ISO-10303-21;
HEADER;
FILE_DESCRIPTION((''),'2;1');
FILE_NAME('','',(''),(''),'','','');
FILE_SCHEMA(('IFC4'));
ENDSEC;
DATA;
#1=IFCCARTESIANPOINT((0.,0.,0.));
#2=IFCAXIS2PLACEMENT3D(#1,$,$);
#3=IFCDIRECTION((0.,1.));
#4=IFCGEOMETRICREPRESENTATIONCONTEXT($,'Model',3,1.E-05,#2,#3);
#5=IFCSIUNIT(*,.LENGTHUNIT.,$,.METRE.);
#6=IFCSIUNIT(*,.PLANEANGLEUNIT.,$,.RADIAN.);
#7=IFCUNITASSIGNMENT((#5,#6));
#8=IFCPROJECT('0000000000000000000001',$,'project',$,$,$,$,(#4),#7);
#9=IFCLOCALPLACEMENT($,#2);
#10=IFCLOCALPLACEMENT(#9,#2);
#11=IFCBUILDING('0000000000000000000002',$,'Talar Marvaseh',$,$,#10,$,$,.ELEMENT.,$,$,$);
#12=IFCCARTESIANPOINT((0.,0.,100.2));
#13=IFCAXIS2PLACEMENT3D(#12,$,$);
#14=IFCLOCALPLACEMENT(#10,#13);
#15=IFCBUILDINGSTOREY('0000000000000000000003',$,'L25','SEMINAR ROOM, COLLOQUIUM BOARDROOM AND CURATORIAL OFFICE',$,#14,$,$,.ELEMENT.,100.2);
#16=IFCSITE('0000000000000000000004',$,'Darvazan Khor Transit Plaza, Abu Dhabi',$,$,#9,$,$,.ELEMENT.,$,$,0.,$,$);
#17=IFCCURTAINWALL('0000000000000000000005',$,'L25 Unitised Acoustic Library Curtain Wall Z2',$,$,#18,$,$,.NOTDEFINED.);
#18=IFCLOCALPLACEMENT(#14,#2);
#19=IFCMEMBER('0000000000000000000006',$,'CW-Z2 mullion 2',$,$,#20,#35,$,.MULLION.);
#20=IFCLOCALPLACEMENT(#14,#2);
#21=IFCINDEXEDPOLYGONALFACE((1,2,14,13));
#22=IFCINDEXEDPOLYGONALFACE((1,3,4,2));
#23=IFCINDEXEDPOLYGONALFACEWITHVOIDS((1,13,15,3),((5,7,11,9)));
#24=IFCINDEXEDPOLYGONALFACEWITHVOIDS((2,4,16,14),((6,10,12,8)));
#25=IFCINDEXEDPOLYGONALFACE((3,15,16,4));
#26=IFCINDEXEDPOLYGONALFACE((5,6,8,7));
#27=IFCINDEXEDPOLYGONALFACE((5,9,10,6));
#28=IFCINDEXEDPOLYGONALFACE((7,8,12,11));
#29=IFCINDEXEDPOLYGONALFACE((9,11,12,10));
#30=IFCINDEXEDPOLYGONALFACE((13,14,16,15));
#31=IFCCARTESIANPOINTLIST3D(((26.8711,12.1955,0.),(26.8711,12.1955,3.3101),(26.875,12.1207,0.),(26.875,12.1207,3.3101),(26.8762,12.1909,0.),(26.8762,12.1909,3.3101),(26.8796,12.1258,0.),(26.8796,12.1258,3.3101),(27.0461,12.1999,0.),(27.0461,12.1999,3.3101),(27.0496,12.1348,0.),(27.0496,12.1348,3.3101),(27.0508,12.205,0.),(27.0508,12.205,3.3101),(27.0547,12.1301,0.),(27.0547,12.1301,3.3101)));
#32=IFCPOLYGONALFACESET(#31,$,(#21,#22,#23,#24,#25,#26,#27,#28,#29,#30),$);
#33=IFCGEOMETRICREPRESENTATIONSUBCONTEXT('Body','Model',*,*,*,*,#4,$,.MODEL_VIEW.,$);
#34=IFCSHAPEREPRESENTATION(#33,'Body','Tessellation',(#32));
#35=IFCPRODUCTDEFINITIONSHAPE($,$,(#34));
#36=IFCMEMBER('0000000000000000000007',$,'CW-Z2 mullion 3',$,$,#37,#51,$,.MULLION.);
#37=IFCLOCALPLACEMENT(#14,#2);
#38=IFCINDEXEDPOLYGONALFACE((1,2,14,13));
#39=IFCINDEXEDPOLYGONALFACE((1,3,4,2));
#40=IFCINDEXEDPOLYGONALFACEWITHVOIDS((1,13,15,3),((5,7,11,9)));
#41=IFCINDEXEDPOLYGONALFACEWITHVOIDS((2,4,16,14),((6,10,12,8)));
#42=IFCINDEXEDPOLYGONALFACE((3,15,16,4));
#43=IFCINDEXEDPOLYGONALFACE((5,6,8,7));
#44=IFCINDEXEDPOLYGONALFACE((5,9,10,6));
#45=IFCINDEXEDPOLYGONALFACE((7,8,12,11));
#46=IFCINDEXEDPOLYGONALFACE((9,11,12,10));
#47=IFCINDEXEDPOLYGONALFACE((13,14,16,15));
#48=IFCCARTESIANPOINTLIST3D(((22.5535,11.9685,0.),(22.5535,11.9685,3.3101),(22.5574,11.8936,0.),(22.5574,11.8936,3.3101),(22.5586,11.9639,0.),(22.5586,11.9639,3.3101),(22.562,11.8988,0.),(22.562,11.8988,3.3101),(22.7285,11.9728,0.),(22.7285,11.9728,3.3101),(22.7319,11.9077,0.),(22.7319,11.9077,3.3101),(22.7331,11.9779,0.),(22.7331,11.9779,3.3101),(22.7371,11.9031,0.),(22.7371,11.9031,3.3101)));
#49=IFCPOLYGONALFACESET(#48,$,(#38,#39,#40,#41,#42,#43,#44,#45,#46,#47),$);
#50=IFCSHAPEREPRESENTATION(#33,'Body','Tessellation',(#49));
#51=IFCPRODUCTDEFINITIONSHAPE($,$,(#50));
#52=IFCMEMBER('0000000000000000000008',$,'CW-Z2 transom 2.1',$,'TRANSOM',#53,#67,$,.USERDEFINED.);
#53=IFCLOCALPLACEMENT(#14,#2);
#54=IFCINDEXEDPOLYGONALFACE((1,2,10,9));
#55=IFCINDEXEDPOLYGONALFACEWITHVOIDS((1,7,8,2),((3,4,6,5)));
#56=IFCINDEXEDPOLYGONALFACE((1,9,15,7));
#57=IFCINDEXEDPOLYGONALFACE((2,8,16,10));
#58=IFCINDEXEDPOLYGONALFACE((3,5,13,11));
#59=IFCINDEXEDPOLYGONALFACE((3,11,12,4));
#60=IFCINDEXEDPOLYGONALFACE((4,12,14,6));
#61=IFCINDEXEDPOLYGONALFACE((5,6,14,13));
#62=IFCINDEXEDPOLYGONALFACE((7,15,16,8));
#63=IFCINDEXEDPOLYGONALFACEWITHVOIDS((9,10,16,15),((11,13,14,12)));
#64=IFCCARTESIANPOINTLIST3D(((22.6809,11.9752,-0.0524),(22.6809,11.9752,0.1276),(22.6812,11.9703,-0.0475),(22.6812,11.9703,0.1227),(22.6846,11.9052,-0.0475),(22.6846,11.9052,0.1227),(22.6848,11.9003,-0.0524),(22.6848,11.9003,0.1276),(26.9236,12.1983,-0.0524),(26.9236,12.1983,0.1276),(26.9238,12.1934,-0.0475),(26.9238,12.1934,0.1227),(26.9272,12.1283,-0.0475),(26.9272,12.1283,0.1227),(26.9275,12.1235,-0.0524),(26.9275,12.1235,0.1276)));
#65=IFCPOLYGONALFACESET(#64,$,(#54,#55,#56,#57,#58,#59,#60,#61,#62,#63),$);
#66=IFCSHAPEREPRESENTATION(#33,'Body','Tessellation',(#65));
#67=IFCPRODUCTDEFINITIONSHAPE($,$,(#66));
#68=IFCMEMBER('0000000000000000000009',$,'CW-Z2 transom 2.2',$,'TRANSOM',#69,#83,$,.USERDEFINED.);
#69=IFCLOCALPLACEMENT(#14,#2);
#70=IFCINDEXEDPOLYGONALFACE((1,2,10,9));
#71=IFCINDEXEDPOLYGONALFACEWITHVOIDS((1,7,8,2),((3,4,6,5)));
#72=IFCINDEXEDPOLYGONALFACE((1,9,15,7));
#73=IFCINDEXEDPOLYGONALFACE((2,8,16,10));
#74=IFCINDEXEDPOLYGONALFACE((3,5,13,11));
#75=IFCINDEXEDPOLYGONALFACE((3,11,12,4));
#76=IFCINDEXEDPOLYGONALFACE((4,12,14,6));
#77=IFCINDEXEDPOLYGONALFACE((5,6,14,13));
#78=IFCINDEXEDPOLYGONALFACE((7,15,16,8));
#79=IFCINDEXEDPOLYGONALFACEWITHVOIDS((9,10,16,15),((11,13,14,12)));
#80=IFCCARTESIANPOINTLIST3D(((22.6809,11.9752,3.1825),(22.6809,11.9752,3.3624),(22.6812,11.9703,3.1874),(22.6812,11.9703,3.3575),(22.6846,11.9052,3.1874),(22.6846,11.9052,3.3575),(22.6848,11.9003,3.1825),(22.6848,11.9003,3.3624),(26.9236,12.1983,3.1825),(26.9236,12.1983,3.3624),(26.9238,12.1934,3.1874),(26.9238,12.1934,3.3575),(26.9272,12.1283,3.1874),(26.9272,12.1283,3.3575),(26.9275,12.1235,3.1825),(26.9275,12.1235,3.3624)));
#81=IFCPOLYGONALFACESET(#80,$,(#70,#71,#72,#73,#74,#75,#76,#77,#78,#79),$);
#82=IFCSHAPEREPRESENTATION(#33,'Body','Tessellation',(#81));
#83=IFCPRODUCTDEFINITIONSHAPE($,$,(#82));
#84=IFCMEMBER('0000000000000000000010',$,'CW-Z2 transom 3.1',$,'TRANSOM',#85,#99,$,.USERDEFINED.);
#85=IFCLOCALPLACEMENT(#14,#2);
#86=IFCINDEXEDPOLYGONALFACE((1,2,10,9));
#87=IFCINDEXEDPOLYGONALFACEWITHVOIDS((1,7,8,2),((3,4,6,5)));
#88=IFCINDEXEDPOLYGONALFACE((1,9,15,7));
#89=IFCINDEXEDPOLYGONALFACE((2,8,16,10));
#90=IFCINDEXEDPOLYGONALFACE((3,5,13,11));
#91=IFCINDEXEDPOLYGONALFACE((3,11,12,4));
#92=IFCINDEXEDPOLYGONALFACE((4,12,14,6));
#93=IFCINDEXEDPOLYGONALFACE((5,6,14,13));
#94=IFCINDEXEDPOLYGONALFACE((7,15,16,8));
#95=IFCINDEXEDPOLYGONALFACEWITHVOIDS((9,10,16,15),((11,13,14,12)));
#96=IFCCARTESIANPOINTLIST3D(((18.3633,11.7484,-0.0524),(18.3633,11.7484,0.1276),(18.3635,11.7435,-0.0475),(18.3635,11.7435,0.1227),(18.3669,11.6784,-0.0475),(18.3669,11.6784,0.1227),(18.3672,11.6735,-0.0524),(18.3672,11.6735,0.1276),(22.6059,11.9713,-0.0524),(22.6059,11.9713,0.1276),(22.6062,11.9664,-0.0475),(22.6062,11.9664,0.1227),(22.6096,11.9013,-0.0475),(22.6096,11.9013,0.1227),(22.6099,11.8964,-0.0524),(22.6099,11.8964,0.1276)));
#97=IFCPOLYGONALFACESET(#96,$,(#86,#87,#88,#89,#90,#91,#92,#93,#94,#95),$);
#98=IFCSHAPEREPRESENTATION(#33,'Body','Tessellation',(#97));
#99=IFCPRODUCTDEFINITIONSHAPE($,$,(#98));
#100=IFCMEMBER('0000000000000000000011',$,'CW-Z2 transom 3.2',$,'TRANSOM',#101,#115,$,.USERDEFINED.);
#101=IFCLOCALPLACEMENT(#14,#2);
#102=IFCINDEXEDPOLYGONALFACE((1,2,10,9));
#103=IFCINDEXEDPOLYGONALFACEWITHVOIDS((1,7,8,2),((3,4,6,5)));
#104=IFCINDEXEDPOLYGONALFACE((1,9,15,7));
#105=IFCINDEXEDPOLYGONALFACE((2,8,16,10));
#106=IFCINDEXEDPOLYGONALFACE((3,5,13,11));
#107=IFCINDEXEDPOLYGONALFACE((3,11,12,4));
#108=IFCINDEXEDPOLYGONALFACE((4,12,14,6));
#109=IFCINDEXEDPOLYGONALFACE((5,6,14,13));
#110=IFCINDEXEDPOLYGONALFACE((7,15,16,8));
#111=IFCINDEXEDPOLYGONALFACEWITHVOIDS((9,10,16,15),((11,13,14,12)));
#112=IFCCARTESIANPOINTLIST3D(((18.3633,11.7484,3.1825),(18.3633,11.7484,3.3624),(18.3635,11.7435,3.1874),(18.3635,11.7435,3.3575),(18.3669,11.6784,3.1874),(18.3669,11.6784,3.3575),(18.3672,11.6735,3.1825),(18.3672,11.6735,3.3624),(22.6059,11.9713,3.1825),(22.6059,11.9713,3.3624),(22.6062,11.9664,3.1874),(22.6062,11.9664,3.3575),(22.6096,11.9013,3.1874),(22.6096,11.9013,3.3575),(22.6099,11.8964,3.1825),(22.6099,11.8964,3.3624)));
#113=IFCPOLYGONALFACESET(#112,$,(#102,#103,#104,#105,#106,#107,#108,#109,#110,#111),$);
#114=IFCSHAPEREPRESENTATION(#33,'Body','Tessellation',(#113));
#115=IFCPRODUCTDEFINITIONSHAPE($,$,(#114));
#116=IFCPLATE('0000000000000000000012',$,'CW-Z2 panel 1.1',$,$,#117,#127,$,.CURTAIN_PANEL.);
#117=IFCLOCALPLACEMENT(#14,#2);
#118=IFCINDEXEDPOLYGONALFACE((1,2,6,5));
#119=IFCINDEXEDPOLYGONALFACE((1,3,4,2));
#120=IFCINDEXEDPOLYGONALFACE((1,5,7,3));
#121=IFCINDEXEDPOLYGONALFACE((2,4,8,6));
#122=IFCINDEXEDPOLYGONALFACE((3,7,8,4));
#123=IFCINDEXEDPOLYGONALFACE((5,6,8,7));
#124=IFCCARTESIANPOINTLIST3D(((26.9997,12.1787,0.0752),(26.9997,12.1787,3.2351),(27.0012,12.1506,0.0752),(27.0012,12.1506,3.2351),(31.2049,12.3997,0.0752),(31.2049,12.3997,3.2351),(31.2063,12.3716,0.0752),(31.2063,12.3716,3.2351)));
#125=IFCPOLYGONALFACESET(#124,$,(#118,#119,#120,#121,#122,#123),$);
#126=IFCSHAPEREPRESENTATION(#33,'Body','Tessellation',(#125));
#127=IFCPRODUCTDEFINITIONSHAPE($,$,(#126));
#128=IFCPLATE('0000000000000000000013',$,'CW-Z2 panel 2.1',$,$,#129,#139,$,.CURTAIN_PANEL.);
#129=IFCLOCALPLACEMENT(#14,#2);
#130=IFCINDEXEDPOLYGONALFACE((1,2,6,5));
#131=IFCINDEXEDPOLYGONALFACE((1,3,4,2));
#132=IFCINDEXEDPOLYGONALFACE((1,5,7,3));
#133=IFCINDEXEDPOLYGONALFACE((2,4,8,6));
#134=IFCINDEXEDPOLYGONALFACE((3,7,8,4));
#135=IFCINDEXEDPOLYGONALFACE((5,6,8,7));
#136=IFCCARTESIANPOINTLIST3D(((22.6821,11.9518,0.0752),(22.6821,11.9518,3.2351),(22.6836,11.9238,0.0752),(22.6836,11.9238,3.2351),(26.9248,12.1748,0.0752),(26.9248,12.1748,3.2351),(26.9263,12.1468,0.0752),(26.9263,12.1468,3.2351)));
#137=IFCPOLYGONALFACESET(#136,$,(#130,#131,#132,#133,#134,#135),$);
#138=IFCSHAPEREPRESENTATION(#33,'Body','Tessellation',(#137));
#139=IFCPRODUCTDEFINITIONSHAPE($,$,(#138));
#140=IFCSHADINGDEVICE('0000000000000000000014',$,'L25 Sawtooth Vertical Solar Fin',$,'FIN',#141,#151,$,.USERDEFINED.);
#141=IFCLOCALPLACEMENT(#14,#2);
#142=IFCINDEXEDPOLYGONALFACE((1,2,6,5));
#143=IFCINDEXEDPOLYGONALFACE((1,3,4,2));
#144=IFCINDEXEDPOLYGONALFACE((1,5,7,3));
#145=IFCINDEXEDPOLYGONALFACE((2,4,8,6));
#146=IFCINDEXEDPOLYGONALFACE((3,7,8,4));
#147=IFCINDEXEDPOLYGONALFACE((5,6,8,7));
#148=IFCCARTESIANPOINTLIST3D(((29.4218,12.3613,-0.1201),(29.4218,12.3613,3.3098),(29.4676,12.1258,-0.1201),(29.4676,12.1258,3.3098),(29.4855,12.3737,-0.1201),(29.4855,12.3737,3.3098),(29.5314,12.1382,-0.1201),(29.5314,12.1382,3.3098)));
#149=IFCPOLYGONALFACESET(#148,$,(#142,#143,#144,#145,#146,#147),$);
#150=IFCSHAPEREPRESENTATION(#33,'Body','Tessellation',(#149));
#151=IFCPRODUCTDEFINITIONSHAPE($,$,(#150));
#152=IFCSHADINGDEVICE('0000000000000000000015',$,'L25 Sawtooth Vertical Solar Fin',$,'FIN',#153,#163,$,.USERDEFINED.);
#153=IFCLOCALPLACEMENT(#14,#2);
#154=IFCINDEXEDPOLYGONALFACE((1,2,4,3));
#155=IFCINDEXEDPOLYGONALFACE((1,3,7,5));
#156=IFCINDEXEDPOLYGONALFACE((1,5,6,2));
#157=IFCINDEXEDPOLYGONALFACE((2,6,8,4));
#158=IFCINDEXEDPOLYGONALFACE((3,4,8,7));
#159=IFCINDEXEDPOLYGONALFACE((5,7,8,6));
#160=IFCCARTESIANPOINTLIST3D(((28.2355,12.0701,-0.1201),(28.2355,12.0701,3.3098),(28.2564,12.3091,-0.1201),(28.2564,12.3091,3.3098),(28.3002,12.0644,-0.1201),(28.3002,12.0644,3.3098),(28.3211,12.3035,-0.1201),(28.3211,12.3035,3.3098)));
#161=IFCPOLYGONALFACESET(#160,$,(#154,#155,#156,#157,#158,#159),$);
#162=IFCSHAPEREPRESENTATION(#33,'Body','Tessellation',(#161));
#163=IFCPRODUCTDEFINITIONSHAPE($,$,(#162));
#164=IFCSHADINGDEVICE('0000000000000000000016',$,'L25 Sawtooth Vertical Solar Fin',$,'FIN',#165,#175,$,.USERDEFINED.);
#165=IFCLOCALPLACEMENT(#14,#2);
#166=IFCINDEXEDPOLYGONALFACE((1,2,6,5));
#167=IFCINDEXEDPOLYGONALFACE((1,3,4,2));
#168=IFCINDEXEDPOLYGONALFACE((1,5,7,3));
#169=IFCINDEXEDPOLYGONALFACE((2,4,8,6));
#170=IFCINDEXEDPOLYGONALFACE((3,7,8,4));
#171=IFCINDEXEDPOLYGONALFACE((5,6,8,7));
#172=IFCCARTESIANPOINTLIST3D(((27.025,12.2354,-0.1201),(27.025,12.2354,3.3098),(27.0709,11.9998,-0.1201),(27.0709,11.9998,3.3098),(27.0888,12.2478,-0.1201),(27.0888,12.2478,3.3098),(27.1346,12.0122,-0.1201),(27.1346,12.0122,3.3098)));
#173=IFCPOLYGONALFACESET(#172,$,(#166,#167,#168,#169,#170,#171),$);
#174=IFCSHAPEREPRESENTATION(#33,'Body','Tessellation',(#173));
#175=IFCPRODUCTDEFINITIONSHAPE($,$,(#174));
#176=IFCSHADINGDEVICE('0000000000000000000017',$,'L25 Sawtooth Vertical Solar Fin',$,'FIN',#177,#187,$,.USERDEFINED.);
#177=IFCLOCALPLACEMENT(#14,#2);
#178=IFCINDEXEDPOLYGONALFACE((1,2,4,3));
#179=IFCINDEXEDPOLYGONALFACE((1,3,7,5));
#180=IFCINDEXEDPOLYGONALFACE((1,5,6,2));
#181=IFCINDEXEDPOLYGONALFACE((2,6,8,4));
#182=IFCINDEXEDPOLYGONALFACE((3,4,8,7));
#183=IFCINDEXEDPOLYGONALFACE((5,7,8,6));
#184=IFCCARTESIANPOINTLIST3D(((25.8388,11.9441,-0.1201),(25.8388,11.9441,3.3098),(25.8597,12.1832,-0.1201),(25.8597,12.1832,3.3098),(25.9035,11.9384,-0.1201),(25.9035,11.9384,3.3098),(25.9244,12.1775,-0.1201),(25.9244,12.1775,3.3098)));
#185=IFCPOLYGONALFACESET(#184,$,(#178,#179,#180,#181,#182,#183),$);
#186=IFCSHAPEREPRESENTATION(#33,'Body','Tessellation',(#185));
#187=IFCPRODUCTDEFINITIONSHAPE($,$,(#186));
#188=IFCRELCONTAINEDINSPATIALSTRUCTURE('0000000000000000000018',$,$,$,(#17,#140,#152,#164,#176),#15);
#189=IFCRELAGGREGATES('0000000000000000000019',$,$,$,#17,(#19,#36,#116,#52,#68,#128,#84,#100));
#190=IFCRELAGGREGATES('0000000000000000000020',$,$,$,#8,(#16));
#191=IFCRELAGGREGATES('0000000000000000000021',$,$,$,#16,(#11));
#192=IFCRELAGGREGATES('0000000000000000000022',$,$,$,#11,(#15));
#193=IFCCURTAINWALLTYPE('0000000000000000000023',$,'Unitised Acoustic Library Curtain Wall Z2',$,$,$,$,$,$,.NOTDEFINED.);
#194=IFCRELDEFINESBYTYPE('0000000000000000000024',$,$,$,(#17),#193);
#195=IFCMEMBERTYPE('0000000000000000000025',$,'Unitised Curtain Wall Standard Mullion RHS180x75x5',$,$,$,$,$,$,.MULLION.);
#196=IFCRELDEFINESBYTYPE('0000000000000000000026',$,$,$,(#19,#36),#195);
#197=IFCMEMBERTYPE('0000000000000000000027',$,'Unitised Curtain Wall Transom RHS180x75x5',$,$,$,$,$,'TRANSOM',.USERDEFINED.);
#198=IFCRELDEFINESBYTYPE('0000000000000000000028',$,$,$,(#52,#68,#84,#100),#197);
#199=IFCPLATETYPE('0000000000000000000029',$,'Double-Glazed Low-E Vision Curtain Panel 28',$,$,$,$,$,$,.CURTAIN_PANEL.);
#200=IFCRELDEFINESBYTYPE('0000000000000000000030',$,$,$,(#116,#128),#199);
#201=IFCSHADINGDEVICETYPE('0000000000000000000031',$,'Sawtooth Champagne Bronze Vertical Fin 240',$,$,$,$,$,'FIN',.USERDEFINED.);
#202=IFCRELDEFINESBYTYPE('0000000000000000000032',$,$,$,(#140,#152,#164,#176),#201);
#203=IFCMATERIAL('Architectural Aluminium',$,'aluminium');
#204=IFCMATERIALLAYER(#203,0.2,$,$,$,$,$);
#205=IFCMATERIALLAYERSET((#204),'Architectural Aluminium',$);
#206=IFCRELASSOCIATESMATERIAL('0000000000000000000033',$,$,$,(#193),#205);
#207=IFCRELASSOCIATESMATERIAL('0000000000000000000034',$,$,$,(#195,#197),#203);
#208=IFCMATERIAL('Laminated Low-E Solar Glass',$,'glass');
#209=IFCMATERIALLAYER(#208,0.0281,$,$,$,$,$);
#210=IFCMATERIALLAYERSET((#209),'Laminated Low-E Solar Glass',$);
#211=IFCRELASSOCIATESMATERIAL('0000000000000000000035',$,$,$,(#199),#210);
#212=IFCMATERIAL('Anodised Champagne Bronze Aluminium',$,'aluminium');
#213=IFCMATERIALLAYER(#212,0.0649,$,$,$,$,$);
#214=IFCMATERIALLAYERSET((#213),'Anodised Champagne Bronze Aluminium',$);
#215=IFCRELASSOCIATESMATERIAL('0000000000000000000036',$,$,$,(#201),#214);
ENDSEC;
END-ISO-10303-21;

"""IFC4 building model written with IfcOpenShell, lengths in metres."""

from ifc_helpers import new_model, si_unit, direction, frame, origin, origin_2d, place, context, subcontext, project, spatial, rectangle, hollow_rectangle, extrude, source, transform, mapped, material, layer, layer_set, material_profile, profile_set, type_object, type_shapes, element, aggregate, save


model = new_model("IFC4")

# Units and contexts
model_context = context("Model", 3, precision=1e-05, world=origin(), true_north=direction((0.0, 1.0)))
body_context = subcontext(model_context, "Body", "Model", "MODEL_VIEW")
ifc_project = project(units=[si_unit("LENGTHUNIT", "METRE"), si_unit("PLANEANGLEUNIT", "RADIAN")], contexts=[model_context])

# Site, building, storey
site_placement = place(None, origin())
site = spatial("IfcSite", under=ifc_project, at=site_placement, Name="Darvazan Khor Transit Plaza, Abu Dhabi", CompositionType="ELEMENT", RefElevation=0.0)
building_placement = place(site_placement, origin())
building = spatial("IfcBuilding", under=site, at=building_placement, Name="Talar Marvaseh", CompositionType="ELEMENT")
storey_placement = place(building_placement, frame((0.0, 0.0, 100.2)))
storey = spatial("IfcBuildingStorey", under=building, at=storey_placement, Name="L25", Description="SEMINAR ROOM, COLLOQUIUM BOARDROOM AND CURATORIAL OFFICE", CompositionType="ELEMENT", Elevation=100.2)

# Curtain wall, members, plates
ifc_material_1 = material(Name="Architectural Aluminium", Category="aluminium")
ifc_layer_1 = layer(ifc_material_1, 0.2)
ifc_layer_set_1 = layer_set([ifc_layer_1], Name="Architectural Aluminium")
curtain_wall_type = type_object("IfcCurtainWallType", Name="Unitised Acoustic Library Curtain Wall Z2", PredefinedType="NOTDEFINED", material=ifc_layer_set_1)
curtain_wall_placement = place(storey_placement, origin())
curtain_wall = element("IfcCurtainWall", 1, at=curtain_wall_placement, inside=storey, type_object=curtain_wall_type, Name="L25 Unitised Acoustic Library Curtain Wall Z2", PredefinedType="NOTDEFINED")
ifc_material_profile_1 = material_profile(ifc_material_1, hollow_rectangle(XDim=0.075, YDim=0.1799, WallThickness=0.0049, at=origin_2d()), Name="RHS180x75x5")
ifc_profile_set_1 = profile_set([ifc_material_profile_1], Name="Architectural Aluminium")
member_type_1 = type_object("IfcMemberType", Name="Unitised Curtain Wall Standard Mullion RHS180x75x5", PredefinedType="MULLION", material=ifc_profile_set_1)
shared_shape_1 = source(origin(), body_context, "Body", "SweptSolid", [
    extrude(hollow_rectangle(XDim=0.075, YDim=0.1799, WallThickness=0.0049, at=origin_2d()), origin(), (0.0, 0.0, 1.0), 3.3101),
])
type_shapes(member_type_1, [shared_shape_1])
member_1_placement = place(storey_placement, frame((26.9629, 12.1628, 0.0), z_axis=(0.0, 0.0, 1.0), x_axis=(0.052489, -0.998621, 0.0)))
member_1 = element("IfcMember", 2, at=member_1_placement, type_object=member_type_1, Name="CW-Z2 mullion 2", PredefinedType="MULLION", context=body_context, shape_type="MappedRepresentation", body=[
    mapped(shared_shape_1, transform((0.0, 0.0, 0.0), x_axis=(1.0, 0.0, 0.0), y_axis=(0.0, 1.0, 0.0), z_axis=(0.0, 0.0, 1.0), scale=1.0)),
])
member_2_placement = place(storey_placement, frame((22.6453, 11.9358, 0.0), z_axis=(0.0, 0.0, 1.0), x_axis=(0.052489, -0.998621, 0.0)))
member_2 = element("IfcMember", 3, at=member_2_placement, type_object=member_type_1, Name="CW-Z2 mullion 3", PredefinedType="MULLION", context=body_context, shape_type="MappedRepresentation", body=[
    mapped(shared_shape_1, transform((0.0, 0.0, 0.0), x_axis=(1.0, 0.0, 0.0), y_axis=(0.0, 1.0, 0.0), z_axis=(0.0, 0.0, 1.0), scale=1.0)),
])
ifc_material_profile_2 = material_profile(ifc_material_1, hollow_rectangle(XDim=0.075, YDim=0.1799, WallThickness=0.0049, at=origin_2d()), Name="RHS180x75x5")
ifc_profile_set_2 = profile_set([ifc_material_profile_2], Name="Architectural Aluminium")
member_type_2 = type_object("IfcMemberType", Name="Unitised Curtain Wall Transom RHS180x75x5", ElementType="TRANSOM", PredefinedType="USERDEFINED", material=ifc_profile_set_2)
shared_shape_2 = source(origin(), body_context, "Body", "SweptSolid", [
    extrude(hollow_rectangle(XDim=0.075, YDim=0.1799, WallThickness=0.0049, at=origin_2d()), origin(), (0.0, 0.0, 1.0), 4.2485),
])
type_shapes(member_type_2, [shared_shape_2])
member_3_placement = place(storey_placement, frame((26.9255, 12.1609, 0.0376), z_axis=(-0.99862, -0.052523, 0.0), x_axis=(0.052523, -0.99862, 0.0)))
member_3 = element("IfcMember", 4, at=member_3_placement, type_object=member_type_2, Name="CW-Z2 transom 2.1", ObjectType="TRANSOM", PredefinedType="USERDEFINED", context=body_context, shape_type="MappedRepresentation", body=[
    mapped(shared_shape_2, transform((0.0, 0.0, 0.0), x_axis=(1.0, 0.0, 0.0), y_axis=(0.0, 1.0, 0.0), z_axis=(0.0, 0.0, 1.0), scale=1.0)),
])
member_4_placement = place(storey_placement, frame((26.9255, 12.1609, 3.2725), z_axis=(-0.99862, -0.052523, 0.0), x_axis=(0.052523, -0.99862, 0.0)))
member_4 = element("IfcMember", 5, at=member_4_placement, type_object=member_type_2, Name="CW-Z2 transom 2.2", ObjectType="TRANSOM", PredefinedType="USERDEFINED", context=body_context, shape_type="MappedRepresentation", body=[
    mapped(shared_shape_2, transform((0.0, 0.0, 0.0), x_axis=(1.0, 0.0, 0.0), y_axis=(0.0, 1.0, 0.0), z_axis=(0.0, 0.0, 1.0), scale=1.0)),
])
member_5_placement = place(storey_placement, frame((22.6079, 11.9338, 0.0376), z_axis=(-0.998623, -0.052465, 0.0), x_axis=(0.052465, -0.998623, 0.0)))
member_5 = element("IfcMember", 6, at=member_5_placement, type_object=member_type_2, Name="CW-Z2 transom 3.1", ObjectType="TRANSOM", PredefinedType="USERDEFINED", context=body_context, shape_type="MappedRepresentation", body=[
    mapped(shared_shape_2, transform((0.0, 0.0, 0.0), x_axis=(1.0, 0.0, 0.0), y_axis=(0.0, 1.0, 0.0), z_axis=(0.0, 0.0, 1.0), scale=1.0)),
])
member_6_placement = place(storey_placement, frame((22.6079, 11.9338, 3.2725), z_axis=(-0.998623, -0.052465, 0.0), x_axis=(0.052465, -0.998623, 0.0)))
member_6 = element("IfcMember", 7, at=member_6_placement, type_object=member_type_2, Name="CW-Z2 transom 3.2", ObjectType="TRANSOM", PredefinedType="USERDEFINED", context=body_context, shape_type="MappedRepresentation", body=[
    mapped(shared_shape_2, transform((0.0, 0.0, 0.0), x_axis=(1.0, 0.0, 0.0), y_axis=(0.0, 1.0, 0.0), z_axis=(0.0, 0.0, 1.0), scale=1.0)),
])
ifc_material_2 = material(Name="Laminated Low-E Solar Glass", Category="glass")
ifc_layer_2 = layer(ifc_material_2, 0.0281)
ifc_layer_set_2 = layer_set([ifc_layer_2], Name="Laminated Low-E Solar Glass")
plate_type = type_object("IfcPlateType", Name="Double-Glazed Low-E Vision Curtain Panel 28", PredefinedType="CURTAIN_PANEL", material=ifc_layer_set_2)
shared_shape_3 = source(origin(), body_context, "Body", "SweptSolid", [
    extrude(rectangle(XDim=4.2109, YDim=0.0281, at=origin_2d()), origin(), (0.0, 0.0, 1.0), 3.1599),
])
plate_1_placement = place(storey_placement, frame((29.103, 12.2751, 0.0752), z_axis=(0.0, 0.0, 1.0), x_axis=(-0.998621, -0.052489, 0.0)))
plate_1 = element("IfcPlate", 8, at=plate_1_placement, type_object=plate_type, Name="CW-Z2 panel 1.1", PredefinedType="CURTAIN_PANEL", context=body_context, shape_type="MappedRepresentation", body=[
    mapped(shared_shape_3, transform((0.0, 0.0, 0.0), x_axis=(1.0, 0.0, 0.0), y_axis=(0.0, 1.0, 0.0), z_axis=(0.0, 0.0, 1.0), scale=1.0)),
])
shared_shape_4 = source(origin(), body_context, "Body", "SweptSolid", [
    extrude(rectangle(XDim=4.2485, YDim=0.0281, at=origin_2d()), origin(), (0.0, 0.0, 1.0), 3.1599),
])
type_shapes(plate_type, [shared_shape_3, shared_shape_4])
plate_2_placement = place(storey_placement, frame((24.8042, 12.0493, 0.0752), z_axis=(0.0, 0.0, 1.0), x_axis=(-0.998621, -0.052489, 0.0)))
plate_2 = element("IfcPlate", 9, at=plate_2_placement, type_object=plate_type, Name="CW-Z2 panel 2.1", PredefinedType="CURTAIN_PANEL", context=body_context, shape_type="MappedRepresentation", body=[
    mapped(shared_shape_4, transform((0.0, 0.0, 0.0), x_axis=(1.0, 0.0, 0.0), y_axis=(0.0, 1.0, 0.0), z_axis=(0.0, 0.0, 1.0), scale=1.0)),
])
aggregate(curtain_wall, [member_1, member_2, plate_1, member_3, member_4, plate_2, member_5, member_6])

# Shading devices
ifc_material_3 = material(Name="Anodised Champagne Bronze Aluminium", Category="aluminium")
ifc_layer_3 = layer(ifc_material_3, 0.0649)
ifc_layer_set_3 = layer_set([ifc_layer_3], Name="Anodised Champagne Bronze Aluminium")
shading_device_type = type_object("IfcShadingDeviceType", Name="Sawtooth Champagne Bronze Vertical Fin 240", ElementType="FIN", PredefinedType="USERDEFINED", material=ifc_layer_set_3)
shared_shape_5 = source(origin(), body_context, "Body", "SweptSolid", [
    extrude(rectangle(XDim=0.24, YDim=0.0649, at=origin_2d()), origin(), (0.0, 0.0, 1.0), 3.4299),
])
type_shapes(shading_device_type, [shared_shape_5])
for number, where, z_axis, x_axis, name in (
    (10, (29.4766, 12.2498, -0.1201), (0.0, 0.0, 1.0), (0.19098, -0.981594, 0.0), "L25 Sawtooth Vertical Solar Fin"),
    (11, (28.2783, 12.1868, -0.1201), (0.0, 0.0, 1.0), (-0.086982, -0.99621, 0.0), "L25 Sawtooth Vertical Solar Fin"),
    (12, (27.0798, 12.1238, -0.1201), (0.0, 0.0, 1.0), (0.19098, -0.981594, 0.0), "L25 Sawtooth Vertical Solar Fin"),
    (13, (25.8816, 12.0608, -0.1201), (0.0, 0.0, 1.0), (-0.086982, -0.99621, 0.0), "L25 Sawtooth Vertical Solar Fin"),
):
    element("IfcShadingDevice", number, at=place(storey_placement, frame(where, z_axis=z_axis, x_axis=x_axis)), inside=storey, type_object=shading_device_type, Name=name, ObjectType="FIN", PredefinedType="USERDEFINED", context=body_context, shape_type="MappedRepresentation", body=[
        mapped(shared_shape_5, transform((0.0, 0.0, 0.0), x_axis=(1.0, 0.0, 0.0), y_axis=(0.0, 1.0, 0.0), z_axis=(0.0, 0.0, 1.0), scale=1.0)),
    ])

save(model, "model.ifc")
